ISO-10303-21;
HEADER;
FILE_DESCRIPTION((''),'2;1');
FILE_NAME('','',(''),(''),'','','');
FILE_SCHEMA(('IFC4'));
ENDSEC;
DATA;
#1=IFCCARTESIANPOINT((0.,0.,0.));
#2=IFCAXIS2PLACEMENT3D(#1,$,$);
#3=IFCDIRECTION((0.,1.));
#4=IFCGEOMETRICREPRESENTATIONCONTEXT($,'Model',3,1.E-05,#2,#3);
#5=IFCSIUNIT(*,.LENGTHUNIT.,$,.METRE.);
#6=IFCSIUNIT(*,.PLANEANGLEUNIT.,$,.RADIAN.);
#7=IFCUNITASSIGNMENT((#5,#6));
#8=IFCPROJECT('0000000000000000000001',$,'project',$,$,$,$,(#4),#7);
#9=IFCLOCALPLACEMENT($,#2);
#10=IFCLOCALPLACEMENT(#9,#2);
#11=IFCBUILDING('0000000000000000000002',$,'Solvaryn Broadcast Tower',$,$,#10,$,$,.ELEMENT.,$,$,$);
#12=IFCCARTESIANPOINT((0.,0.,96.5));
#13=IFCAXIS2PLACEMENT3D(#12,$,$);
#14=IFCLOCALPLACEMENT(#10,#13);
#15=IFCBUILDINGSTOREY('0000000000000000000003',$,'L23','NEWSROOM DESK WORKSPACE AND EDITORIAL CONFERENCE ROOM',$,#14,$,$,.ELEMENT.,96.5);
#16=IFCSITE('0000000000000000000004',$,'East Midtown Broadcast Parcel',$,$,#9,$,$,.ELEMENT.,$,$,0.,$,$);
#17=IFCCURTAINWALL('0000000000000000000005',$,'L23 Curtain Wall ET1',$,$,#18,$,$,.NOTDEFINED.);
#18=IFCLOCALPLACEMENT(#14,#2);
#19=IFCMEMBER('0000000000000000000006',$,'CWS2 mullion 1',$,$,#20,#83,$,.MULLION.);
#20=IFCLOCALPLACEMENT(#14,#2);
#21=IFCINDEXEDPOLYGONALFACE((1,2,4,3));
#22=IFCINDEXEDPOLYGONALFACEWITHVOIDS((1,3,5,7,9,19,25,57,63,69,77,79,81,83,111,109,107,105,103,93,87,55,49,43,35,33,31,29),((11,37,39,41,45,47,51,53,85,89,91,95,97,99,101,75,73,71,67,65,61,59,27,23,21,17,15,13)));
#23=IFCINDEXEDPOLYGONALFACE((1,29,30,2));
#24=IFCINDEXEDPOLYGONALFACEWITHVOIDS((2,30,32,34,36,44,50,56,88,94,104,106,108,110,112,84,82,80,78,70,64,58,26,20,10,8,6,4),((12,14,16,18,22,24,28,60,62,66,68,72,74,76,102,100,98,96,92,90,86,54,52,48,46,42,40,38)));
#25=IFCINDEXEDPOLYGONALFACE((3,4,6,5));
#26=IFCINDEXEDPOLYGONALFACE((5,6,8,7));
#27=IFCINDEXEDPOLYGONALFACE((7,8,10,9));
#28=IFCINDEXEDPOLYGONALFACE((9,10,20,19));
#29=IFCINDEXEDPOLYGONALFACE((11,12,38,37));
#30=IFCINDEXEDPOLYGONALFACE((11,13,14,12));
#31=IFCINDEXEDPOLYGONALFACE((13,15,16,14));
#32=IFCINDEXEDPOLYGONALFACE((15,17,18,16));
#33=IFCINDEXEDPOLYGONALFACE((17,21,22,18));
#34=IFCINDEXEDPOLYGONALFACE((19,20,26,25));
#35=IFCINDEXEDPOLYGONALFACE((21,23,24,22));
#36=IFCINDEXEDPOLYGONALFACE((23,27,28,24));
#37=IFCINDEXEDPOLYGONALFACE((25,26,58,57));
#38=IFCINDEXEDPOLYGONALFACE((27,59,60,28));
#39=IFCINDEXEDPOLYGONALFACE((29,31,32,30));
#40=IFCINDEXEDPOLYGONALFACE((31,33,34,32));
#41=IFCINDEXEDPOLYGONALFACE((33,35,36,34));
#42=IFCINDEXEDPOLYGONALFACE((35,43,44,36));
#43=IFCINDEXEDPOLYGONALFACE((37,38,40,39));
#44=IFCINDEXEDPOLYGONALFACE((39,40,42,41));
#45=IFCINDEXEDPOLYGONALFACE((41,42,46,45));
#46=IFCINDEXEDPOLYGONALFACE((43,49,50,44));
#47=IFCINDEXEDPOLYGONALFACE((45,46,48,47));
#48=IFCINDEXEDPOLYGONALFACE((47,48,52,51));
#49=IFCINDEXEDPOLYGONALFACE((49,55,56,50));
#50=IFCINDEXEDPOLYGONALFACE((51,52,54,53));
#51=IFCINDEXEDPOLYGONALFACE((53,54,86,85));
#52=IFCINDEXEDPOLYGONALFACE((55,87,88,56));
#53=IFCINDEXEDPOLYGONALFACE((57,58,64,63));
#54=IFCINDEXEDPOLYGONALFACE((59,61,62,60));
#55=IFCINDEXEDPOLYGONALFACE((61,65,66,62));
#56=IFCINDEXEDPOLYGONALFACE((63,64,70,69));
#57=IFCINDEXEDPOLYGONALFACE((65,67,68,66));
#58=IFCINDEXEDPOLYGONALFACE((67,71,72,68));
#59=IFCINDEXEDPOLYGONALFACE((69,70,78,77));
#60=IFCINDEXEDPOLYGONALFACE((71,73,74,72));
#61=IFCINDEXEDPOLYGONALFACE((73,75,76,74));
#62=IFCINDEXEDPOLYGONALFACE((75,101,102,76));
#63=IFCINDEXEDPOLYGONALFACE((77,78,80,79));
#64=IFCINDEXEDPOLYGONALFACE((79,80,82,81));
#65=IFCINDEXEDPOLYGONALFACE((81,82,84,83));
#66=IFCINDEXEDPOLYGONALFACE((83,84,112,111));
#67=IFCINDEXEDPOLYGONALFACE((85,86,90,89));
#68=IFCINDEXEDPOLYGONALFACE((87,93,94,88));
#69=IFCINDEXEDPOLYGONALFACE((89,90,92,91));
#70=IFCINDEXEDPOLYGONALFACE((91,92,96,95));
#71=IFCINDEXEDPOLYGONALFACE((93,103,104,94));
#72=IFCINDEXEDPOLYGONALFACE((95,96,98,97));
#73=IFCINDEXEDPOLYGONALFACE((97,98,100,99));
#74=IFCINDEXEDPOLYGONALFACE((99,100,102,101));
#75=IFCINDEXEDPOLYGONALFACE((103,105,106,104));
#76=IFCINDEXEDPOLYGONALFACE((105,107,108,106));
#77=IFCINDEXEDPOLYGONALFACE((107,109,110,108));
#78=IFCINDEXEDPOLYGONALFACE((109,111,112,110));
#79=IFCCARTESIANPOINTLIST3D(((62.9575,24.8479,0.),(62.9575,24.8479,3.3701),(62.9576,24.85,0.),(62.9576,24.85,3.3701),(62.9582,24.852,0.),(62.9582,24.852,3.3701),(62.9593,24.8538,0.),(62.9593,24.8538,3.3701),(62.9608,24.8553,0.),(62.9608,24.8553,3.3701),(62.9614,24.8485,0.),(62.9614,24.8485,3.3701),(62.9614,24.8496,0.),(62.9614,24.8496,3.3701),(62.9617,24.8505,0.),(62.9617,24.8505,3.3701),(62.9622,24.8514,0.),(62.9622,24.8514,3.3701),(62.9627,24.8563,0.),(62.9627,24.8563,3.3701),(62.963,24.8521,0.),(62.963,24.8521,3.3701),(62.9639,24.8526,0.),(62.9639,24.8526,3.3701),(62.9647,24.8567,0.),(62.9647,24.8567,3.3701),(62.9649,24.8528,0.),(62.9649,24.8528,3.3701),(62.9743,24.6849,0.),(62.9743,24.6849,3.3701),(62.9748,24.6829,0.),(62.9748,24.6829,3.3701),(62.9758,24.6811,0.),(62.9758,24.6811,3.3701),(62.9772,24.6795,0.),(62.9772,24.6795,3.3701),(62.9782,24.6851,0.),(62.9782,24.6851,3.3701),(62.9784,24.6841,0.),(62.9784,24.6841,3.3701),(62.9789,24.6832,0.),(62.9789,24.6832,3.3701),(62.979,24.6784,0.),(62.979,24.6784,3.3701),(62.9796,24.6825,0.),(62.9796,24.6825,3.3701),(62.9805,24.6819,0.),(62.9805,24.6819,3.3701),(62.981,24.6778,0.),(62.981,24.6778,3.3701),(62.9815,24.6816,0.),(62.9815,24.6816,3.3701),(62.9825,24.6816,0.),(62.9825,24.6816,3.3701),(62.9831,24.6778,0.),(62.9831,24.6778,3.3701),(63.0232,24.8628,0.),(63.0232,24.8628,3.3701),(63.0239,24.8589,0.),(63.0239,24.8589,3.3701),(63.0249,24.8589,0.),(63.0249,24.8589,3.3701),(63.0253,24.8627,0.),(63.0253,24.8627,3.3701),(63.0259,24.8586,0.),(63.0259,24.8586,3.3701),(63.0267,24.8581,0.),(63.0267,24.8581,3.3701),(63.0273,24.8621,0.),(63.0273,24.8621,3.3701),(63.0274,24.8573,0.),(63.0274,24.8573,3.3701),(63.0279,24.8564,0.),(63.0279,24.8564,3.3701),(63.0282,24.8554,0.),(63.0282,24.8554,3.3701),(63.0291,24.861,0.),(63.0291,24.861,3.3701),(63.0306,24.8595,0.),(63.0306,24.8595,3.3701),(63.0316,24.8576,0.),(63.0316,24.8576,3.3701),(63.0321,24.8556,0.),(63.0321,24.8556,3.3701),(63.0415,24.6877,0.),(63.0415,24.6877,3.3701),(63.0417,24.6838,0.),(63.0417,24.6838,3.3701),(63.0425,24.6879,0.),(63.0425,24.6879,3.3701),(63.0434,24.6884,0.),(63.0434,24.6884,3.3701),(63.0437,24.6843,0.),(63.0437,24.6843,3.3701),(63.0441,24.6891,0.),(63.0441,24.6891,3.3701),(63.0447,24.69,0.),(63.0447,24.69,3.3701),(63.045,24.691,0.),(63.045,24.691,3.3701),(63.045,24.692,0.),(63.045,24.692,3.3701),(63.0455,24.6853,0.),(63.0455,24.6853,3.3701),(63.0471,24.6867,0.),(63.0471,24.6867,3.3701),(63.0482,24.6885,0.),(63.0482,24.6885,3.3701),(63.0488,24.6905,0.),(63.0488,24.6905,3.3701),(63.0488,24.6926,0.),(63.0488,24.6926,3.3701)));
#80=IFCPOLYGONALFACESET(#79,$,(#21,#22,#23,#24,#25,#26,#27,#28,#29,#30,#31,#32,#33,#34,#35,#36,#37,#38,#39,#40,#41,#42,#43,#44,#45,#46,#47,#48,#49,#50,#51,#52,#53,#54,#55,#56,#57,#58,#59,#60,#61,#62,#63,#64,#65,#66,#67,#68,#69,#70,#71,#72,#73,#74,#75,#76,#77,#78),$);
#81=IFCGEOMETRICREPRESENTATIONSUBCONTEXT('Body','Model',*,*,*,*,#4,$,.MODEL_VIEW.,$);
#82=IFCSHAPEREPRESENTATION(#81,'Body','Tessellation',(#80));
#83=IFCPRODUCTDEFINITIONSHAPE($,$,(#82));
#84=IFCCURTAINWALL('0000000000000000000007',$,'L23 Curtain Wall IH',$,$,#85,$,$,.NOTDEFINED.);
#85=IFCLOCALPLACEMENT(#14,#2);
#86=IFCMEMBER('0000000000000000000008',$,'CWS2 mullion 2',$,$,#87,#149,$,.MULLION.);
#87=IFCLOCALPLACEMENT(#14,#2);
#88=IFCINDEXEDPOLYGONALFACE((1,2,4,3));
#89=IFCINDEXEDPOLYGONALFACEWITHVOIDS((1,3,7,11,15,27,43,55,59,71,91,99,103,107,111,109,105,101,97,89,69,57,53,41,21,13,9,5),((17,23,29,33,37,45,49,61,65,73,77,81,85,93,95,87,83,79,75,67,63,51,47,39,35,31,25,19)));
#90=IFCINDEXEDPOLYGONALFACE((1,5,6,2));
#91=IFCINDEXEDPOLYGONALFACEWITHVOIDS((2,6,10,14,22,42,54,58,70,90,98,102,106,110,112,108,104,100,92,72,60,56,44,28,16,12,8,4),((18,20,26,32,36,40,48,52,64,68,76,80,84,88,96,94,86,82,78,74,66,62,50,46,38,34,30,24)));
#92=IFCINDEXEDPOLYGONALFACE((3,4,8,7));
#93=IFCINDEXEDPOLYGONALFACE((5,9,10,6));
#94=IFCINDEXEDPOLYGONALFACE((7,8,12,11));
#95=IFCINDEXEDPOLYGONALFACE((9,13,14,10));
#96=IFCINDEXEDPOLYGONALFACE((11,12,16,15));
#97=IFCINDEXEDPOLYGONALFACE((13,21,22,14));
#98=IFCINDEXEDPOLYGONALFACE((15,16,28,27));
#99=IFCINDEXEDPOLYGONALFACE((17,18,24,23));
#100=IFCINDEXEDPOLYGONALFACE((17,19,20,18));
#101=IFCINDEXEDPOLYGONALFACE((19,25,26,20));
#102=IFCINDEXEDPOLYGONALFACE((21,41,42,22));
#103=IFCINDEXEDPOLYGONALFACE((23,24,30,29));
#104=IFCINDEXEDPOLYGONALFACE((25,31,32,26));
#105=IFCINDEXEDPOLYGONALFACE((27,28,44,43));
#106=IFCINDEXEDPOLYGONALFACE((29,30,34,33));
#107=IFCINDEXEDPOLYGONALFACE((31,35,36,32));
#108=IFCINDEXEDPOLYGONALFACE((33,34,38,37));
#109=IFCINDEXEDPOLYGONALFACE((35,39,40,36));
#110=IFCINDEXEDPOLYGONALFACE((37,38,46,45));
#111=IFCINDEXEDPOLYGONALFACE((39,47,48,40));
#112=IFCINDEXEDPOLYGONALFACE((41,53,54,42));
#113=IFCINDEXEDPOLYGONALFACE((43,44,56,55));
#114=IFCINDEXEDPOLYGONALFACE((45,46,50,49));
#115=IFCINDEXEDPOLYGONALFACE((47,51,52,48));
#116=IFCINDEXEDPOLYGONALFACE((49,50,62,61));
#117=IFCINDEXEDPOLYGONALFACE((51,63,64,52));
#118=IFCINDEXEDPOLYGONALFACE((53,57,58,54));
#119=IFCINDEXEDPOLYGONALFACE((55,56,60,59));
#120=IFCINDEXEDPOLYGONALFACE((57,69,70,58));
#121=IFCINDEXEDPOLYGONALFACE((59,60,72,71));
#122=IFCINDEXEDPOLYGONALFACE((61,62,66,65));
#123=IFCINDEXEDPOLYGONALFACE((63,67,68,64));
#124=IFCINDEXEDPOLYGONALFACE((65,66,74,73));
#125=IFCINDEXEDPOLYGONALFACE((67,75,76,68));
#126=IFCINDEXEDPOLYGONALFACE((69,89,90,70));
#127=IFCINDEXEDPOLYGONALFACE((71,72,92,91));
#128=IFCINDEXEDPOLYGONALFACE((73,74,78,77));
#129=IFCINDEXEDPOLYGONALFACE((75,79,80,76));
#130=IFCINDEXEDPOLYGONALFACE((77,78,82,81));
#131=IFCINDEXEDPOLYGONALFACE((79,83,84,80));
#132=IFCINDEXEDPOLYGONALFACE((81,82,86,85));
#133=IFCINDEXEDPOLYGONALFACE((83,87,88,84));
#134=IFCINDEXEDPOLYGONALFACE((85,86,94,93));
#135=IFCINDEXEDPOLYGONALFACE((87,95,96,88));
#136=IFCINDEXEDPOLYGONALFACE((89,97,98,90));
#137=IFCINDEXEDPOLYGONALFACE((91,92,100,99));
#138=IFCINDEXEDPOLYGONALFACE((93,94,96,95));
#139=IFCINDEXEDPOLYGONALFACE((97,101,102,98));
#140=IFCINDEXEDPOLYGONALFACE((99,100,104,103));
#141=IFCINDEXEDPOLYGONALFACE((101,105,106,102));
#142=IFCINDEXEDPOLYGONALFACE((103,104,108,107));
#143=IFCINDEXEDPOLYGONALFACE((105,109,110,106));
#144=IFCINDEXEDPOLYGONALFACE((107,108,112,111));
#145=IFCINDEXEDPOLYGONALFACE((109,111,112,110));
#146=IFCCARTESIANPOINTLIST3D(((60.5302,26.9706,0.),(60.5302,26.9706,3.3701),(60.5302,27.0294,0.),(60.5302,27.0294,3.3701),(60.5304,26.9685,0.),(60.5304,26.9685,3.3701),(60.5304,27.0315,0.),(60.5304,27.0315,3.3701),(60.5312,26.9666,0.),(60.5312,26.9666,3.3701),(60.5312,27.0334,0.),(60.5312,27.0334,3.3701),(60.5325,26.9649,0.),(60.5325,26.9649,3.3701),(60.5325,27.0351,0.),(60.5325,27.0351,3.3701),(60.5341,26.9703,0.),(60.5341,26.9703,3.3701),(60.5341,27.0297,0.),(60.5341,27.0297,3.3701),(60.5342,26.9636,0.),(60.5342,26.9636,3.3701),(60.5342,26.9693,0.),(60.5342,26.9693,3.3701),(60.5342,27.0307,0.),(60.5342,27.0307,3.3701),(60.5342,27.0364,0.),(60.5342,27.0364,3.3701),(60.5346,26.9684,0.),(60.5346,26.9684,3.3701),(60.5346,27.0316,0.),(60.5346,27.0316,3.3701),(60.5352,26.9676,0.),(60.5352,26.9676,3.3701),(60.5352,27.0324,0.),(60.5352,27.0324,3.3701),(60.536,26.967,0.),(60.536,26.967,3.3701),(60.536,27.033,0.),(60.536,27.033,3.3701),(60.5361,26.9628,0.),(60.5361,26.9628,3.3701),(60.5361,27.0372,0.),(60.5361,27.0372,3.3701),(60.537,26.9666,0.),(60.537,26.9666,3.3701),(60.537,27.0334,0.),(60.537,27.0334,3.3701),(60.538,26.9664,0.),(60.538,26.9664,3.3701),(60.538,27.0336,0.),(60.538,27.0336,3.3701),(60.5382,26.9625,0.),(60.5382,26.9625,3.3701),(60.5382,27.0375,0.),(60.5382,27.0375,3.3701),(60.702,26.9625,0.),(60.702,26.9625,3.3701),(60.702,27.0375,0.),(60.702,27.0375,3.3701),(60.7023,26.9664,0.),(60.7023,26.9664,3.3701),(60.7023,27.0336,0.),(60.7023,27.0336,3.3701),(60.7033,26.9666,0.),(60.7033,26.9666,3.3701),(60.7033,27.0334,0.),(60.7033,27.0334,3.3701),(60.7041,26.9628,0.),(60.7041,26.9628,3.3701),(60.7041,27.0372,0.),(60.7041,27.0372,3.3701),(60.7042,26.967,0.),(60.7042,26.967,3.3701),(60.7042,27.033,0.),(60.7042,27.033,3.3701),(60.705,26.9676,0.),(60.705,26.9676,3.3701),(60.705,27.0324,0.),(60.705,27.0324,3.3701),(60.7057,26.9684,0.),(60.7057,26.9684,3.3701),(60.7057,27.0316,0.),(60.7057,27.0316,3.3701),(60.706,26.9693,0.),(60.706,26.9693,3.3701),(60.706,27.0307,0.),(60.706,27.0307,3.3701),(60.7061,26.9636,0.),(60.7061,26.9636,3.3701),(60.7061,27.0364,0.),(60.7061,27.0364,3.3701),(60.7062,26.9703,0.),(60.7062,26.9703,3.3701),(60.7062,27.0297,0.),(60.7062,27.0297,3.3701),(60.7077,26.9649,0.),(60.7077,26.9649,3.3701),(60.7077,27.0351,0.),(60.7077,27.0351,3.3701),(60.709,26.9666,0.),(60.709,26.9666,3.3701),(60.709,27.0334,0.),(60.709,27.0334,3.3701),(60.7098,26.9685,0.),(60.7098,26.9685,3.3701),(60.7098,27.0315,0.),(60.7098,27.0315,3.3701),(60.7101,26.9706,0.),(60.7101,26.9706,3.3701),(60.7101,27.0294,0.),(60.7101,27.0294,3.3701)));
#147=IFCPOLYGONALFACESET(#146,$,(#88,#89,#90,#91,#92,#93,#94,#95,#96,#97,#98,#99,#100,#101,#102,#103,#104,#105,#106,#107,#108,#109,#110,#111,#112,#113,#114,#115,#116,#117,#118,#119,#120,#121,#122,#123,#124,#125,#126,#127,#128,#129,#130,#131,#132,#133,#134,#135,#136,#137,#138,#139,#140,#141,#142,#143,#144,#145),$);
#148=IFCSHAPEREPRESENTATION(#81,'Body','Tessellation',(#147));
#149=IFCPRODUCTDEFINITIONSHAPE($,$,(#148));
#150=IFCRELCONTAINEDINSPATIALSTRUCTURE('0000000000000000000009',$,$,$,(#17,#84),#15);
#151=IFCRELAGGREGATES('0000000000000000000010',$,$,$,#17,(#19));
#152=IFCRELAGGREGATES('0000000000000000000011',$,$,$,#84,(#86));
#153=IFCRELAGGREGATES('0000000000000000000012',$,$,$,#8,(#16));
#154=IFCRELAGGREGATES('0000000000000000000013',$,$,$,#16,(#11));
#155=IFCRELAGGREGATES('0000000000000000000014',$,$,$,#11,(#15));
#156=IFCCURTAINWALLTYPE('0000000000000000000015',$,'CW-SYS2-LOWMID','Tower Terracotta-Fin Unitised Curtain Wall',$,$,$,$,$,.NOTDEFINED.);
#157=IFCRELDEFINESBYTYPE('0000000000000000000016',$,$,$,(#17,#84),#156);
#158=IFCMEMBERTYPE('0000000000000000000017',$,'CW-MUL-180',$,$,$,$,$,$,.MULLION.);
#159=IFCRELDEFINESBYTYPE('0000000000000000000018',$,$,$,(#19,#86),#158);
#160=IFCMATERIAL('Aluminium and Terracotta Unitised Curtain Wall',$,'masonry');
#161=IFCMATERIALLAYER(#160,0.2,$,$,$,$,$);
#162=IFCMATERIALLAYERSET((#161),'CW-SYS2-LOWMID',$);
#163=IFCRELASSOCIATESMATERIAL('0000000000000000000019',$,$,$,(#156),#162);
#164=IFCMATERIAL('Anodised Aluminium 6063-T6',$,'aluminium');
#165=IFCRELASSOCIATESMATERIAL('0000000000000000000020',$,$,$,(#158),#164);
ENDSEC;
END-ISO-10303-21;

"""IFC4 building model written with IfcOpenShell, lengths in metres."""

from ifc_helpers import new_model, si_unit, direction, frame, origin, origin_2d, place, context, subcontext, project, spatial, hollow_rectangle, extrude, material, layer, layer_set, material_profile, profile_set, type_object, element, aggregate, save


model = new_model("IFC4")

# Units and contexts
model_context = context("Model", 3, precision=1e-05, world=origin(), true_north=direction((0.0, 1.0)))
body_context = subcontext(model_context, "Body", "Model", "MODEL_VIEW")
ifc_project = project(units=[si_unit("LENGTHUNIT", "METRE"), si_unit("PLANEANGLEUNIT", "RADIAN")], contexts=[model_context])

# Site, building, storey
site_placement = place(None, origin())
site = spatial("IfcSite", under=ifc_project, at=site_placement, Name="East Midtown Broadcast Parcel", CompositionType="ELEMENT", RefElevation=0.0)
building_placement = place(site_placement, origin())
building = spatial("IfcBuilding", under=site, at=building_placement, Name="Solvaryn Broadcast Tower", CompositionType="ELEMENT")
storey_placement = place(building_placement, frame((0.0, 0.0, 96.5)))
storey = spatial("IfcBuildingStorey", under=building, at=storey_placement, Name="L23", Description="NEWSROOM DESK WORKSPACE AND EDITORIAL CONFERENCE ROOM", CompositionType="ELEMENT", Elevation=96.5)

# Curtain walls, members
ifc_material_1 = material(Name="Aluminium and Terracotta Unitised Curtain Wall", Category="masonry")
ifc_layer_1 = layer(ifc_material_1, 0.2)
ifc_layer_set_1 = layer_set([ifc_layer_1], Name="CW-SYS2-LOWMID")
curtain_wall_type = type_object("IfcCurtainWallType", Name="CW-SYS2-LOWMID", Description="Tower Terracotta-Fin Unitised Curtain Wall", PredefinedType="NOTDEFINED", material=ifc_layer_set_1)
curtain_wall_1_placement = place(storey_placement, origin())
curtain_wall_1 = element("IfcCurtainWall", 1, at=curtain_wall_1_placement, inside=storey, type_object=curtain_wall_type, Name="L23 Curtain Wall ET1", PredefinedType="NOTDEFINED")
ifc_material_2 = material(Name="Anodised Aluminium 6063-T6", Category="aluminium")
ifc_material_profile_1 = material_profile(ifc_material_2, hollow_rectangle(XDim=0.075, YDim=0.1799, WallThickness=0.0039, InnerFilletRadius=0.0039, OuterFilletRadius=0.0081, at=origin_2d()))
ifc_profile_set_1 = profile_set([ifc_material_profile_1], Name="Anodised Aluminium 6063-T6")
member_type_1 = type_object("IfcMemberType", Name="CW-MUL-180", PredefinedType="MULLION", material=ifc_profile_set_1)
member_1_placement = place(storey_placement, frame((63.0032, 24.7703, 0.0), z_axis=(0.0, 0.0, 1.0), x_axis=(0.994743, 0.1024, 0.0)))
member_1 = element("IfcMember", 2, at=member_1_placement, type_object=member_type_1, Name="CWS2 mullion 1", PredefinedType="MULLION", context=body_context, shape_type="SweptSolid", body=[
    extrude(hollow_rectangle(XDim=0.075, YDim=0.1799, WallThickness=0.0039, InnerFilletRadius=0.0039, OuterFilletRadius=0.0081, at=origin_2d()), origin(), (0.0, 0.0, 1.0), 3.3701),
])
curtain_wall_2_placement = place(storey_placement, origin())
curtain_wall_2 = element("IfcCurtainWall", 3, at=curtain_wall_2_placement, inside=storey, type_object=curtain_wall_type, Name="L23 Curtain Wall IH", PredefinedType="NOTDEFINED")
member_2_placement = place(storey_placement, frame((60.6201, 27.0, 0.0), z_axis=(0.0, 0.0, 1.0), x_axis=(0.0, 1.0, 0.0)))
member_2 = element("IfcMember", 4, at=member_2_placement, type_object=member_type_1, Name="CWS2 mullion 2", PredefinedType="MULLION", context=body_context, shape_type="SweptSolid", body=[
    extrude(hollow_rectangle(XDim=0.075, YDim=0.1799, WallThickness=0.0039, InnerFilletRadius=0.0039, OuterFilletRadius=0.0081, at=origin_2d()), origin(), (0.0, 0.0, 1.0), 3.3701),
])

aggregate(curtain_wall_1, [member_1])
aggregate(curtain_wall_2, [member_2])

save(model, "model.ifc")
